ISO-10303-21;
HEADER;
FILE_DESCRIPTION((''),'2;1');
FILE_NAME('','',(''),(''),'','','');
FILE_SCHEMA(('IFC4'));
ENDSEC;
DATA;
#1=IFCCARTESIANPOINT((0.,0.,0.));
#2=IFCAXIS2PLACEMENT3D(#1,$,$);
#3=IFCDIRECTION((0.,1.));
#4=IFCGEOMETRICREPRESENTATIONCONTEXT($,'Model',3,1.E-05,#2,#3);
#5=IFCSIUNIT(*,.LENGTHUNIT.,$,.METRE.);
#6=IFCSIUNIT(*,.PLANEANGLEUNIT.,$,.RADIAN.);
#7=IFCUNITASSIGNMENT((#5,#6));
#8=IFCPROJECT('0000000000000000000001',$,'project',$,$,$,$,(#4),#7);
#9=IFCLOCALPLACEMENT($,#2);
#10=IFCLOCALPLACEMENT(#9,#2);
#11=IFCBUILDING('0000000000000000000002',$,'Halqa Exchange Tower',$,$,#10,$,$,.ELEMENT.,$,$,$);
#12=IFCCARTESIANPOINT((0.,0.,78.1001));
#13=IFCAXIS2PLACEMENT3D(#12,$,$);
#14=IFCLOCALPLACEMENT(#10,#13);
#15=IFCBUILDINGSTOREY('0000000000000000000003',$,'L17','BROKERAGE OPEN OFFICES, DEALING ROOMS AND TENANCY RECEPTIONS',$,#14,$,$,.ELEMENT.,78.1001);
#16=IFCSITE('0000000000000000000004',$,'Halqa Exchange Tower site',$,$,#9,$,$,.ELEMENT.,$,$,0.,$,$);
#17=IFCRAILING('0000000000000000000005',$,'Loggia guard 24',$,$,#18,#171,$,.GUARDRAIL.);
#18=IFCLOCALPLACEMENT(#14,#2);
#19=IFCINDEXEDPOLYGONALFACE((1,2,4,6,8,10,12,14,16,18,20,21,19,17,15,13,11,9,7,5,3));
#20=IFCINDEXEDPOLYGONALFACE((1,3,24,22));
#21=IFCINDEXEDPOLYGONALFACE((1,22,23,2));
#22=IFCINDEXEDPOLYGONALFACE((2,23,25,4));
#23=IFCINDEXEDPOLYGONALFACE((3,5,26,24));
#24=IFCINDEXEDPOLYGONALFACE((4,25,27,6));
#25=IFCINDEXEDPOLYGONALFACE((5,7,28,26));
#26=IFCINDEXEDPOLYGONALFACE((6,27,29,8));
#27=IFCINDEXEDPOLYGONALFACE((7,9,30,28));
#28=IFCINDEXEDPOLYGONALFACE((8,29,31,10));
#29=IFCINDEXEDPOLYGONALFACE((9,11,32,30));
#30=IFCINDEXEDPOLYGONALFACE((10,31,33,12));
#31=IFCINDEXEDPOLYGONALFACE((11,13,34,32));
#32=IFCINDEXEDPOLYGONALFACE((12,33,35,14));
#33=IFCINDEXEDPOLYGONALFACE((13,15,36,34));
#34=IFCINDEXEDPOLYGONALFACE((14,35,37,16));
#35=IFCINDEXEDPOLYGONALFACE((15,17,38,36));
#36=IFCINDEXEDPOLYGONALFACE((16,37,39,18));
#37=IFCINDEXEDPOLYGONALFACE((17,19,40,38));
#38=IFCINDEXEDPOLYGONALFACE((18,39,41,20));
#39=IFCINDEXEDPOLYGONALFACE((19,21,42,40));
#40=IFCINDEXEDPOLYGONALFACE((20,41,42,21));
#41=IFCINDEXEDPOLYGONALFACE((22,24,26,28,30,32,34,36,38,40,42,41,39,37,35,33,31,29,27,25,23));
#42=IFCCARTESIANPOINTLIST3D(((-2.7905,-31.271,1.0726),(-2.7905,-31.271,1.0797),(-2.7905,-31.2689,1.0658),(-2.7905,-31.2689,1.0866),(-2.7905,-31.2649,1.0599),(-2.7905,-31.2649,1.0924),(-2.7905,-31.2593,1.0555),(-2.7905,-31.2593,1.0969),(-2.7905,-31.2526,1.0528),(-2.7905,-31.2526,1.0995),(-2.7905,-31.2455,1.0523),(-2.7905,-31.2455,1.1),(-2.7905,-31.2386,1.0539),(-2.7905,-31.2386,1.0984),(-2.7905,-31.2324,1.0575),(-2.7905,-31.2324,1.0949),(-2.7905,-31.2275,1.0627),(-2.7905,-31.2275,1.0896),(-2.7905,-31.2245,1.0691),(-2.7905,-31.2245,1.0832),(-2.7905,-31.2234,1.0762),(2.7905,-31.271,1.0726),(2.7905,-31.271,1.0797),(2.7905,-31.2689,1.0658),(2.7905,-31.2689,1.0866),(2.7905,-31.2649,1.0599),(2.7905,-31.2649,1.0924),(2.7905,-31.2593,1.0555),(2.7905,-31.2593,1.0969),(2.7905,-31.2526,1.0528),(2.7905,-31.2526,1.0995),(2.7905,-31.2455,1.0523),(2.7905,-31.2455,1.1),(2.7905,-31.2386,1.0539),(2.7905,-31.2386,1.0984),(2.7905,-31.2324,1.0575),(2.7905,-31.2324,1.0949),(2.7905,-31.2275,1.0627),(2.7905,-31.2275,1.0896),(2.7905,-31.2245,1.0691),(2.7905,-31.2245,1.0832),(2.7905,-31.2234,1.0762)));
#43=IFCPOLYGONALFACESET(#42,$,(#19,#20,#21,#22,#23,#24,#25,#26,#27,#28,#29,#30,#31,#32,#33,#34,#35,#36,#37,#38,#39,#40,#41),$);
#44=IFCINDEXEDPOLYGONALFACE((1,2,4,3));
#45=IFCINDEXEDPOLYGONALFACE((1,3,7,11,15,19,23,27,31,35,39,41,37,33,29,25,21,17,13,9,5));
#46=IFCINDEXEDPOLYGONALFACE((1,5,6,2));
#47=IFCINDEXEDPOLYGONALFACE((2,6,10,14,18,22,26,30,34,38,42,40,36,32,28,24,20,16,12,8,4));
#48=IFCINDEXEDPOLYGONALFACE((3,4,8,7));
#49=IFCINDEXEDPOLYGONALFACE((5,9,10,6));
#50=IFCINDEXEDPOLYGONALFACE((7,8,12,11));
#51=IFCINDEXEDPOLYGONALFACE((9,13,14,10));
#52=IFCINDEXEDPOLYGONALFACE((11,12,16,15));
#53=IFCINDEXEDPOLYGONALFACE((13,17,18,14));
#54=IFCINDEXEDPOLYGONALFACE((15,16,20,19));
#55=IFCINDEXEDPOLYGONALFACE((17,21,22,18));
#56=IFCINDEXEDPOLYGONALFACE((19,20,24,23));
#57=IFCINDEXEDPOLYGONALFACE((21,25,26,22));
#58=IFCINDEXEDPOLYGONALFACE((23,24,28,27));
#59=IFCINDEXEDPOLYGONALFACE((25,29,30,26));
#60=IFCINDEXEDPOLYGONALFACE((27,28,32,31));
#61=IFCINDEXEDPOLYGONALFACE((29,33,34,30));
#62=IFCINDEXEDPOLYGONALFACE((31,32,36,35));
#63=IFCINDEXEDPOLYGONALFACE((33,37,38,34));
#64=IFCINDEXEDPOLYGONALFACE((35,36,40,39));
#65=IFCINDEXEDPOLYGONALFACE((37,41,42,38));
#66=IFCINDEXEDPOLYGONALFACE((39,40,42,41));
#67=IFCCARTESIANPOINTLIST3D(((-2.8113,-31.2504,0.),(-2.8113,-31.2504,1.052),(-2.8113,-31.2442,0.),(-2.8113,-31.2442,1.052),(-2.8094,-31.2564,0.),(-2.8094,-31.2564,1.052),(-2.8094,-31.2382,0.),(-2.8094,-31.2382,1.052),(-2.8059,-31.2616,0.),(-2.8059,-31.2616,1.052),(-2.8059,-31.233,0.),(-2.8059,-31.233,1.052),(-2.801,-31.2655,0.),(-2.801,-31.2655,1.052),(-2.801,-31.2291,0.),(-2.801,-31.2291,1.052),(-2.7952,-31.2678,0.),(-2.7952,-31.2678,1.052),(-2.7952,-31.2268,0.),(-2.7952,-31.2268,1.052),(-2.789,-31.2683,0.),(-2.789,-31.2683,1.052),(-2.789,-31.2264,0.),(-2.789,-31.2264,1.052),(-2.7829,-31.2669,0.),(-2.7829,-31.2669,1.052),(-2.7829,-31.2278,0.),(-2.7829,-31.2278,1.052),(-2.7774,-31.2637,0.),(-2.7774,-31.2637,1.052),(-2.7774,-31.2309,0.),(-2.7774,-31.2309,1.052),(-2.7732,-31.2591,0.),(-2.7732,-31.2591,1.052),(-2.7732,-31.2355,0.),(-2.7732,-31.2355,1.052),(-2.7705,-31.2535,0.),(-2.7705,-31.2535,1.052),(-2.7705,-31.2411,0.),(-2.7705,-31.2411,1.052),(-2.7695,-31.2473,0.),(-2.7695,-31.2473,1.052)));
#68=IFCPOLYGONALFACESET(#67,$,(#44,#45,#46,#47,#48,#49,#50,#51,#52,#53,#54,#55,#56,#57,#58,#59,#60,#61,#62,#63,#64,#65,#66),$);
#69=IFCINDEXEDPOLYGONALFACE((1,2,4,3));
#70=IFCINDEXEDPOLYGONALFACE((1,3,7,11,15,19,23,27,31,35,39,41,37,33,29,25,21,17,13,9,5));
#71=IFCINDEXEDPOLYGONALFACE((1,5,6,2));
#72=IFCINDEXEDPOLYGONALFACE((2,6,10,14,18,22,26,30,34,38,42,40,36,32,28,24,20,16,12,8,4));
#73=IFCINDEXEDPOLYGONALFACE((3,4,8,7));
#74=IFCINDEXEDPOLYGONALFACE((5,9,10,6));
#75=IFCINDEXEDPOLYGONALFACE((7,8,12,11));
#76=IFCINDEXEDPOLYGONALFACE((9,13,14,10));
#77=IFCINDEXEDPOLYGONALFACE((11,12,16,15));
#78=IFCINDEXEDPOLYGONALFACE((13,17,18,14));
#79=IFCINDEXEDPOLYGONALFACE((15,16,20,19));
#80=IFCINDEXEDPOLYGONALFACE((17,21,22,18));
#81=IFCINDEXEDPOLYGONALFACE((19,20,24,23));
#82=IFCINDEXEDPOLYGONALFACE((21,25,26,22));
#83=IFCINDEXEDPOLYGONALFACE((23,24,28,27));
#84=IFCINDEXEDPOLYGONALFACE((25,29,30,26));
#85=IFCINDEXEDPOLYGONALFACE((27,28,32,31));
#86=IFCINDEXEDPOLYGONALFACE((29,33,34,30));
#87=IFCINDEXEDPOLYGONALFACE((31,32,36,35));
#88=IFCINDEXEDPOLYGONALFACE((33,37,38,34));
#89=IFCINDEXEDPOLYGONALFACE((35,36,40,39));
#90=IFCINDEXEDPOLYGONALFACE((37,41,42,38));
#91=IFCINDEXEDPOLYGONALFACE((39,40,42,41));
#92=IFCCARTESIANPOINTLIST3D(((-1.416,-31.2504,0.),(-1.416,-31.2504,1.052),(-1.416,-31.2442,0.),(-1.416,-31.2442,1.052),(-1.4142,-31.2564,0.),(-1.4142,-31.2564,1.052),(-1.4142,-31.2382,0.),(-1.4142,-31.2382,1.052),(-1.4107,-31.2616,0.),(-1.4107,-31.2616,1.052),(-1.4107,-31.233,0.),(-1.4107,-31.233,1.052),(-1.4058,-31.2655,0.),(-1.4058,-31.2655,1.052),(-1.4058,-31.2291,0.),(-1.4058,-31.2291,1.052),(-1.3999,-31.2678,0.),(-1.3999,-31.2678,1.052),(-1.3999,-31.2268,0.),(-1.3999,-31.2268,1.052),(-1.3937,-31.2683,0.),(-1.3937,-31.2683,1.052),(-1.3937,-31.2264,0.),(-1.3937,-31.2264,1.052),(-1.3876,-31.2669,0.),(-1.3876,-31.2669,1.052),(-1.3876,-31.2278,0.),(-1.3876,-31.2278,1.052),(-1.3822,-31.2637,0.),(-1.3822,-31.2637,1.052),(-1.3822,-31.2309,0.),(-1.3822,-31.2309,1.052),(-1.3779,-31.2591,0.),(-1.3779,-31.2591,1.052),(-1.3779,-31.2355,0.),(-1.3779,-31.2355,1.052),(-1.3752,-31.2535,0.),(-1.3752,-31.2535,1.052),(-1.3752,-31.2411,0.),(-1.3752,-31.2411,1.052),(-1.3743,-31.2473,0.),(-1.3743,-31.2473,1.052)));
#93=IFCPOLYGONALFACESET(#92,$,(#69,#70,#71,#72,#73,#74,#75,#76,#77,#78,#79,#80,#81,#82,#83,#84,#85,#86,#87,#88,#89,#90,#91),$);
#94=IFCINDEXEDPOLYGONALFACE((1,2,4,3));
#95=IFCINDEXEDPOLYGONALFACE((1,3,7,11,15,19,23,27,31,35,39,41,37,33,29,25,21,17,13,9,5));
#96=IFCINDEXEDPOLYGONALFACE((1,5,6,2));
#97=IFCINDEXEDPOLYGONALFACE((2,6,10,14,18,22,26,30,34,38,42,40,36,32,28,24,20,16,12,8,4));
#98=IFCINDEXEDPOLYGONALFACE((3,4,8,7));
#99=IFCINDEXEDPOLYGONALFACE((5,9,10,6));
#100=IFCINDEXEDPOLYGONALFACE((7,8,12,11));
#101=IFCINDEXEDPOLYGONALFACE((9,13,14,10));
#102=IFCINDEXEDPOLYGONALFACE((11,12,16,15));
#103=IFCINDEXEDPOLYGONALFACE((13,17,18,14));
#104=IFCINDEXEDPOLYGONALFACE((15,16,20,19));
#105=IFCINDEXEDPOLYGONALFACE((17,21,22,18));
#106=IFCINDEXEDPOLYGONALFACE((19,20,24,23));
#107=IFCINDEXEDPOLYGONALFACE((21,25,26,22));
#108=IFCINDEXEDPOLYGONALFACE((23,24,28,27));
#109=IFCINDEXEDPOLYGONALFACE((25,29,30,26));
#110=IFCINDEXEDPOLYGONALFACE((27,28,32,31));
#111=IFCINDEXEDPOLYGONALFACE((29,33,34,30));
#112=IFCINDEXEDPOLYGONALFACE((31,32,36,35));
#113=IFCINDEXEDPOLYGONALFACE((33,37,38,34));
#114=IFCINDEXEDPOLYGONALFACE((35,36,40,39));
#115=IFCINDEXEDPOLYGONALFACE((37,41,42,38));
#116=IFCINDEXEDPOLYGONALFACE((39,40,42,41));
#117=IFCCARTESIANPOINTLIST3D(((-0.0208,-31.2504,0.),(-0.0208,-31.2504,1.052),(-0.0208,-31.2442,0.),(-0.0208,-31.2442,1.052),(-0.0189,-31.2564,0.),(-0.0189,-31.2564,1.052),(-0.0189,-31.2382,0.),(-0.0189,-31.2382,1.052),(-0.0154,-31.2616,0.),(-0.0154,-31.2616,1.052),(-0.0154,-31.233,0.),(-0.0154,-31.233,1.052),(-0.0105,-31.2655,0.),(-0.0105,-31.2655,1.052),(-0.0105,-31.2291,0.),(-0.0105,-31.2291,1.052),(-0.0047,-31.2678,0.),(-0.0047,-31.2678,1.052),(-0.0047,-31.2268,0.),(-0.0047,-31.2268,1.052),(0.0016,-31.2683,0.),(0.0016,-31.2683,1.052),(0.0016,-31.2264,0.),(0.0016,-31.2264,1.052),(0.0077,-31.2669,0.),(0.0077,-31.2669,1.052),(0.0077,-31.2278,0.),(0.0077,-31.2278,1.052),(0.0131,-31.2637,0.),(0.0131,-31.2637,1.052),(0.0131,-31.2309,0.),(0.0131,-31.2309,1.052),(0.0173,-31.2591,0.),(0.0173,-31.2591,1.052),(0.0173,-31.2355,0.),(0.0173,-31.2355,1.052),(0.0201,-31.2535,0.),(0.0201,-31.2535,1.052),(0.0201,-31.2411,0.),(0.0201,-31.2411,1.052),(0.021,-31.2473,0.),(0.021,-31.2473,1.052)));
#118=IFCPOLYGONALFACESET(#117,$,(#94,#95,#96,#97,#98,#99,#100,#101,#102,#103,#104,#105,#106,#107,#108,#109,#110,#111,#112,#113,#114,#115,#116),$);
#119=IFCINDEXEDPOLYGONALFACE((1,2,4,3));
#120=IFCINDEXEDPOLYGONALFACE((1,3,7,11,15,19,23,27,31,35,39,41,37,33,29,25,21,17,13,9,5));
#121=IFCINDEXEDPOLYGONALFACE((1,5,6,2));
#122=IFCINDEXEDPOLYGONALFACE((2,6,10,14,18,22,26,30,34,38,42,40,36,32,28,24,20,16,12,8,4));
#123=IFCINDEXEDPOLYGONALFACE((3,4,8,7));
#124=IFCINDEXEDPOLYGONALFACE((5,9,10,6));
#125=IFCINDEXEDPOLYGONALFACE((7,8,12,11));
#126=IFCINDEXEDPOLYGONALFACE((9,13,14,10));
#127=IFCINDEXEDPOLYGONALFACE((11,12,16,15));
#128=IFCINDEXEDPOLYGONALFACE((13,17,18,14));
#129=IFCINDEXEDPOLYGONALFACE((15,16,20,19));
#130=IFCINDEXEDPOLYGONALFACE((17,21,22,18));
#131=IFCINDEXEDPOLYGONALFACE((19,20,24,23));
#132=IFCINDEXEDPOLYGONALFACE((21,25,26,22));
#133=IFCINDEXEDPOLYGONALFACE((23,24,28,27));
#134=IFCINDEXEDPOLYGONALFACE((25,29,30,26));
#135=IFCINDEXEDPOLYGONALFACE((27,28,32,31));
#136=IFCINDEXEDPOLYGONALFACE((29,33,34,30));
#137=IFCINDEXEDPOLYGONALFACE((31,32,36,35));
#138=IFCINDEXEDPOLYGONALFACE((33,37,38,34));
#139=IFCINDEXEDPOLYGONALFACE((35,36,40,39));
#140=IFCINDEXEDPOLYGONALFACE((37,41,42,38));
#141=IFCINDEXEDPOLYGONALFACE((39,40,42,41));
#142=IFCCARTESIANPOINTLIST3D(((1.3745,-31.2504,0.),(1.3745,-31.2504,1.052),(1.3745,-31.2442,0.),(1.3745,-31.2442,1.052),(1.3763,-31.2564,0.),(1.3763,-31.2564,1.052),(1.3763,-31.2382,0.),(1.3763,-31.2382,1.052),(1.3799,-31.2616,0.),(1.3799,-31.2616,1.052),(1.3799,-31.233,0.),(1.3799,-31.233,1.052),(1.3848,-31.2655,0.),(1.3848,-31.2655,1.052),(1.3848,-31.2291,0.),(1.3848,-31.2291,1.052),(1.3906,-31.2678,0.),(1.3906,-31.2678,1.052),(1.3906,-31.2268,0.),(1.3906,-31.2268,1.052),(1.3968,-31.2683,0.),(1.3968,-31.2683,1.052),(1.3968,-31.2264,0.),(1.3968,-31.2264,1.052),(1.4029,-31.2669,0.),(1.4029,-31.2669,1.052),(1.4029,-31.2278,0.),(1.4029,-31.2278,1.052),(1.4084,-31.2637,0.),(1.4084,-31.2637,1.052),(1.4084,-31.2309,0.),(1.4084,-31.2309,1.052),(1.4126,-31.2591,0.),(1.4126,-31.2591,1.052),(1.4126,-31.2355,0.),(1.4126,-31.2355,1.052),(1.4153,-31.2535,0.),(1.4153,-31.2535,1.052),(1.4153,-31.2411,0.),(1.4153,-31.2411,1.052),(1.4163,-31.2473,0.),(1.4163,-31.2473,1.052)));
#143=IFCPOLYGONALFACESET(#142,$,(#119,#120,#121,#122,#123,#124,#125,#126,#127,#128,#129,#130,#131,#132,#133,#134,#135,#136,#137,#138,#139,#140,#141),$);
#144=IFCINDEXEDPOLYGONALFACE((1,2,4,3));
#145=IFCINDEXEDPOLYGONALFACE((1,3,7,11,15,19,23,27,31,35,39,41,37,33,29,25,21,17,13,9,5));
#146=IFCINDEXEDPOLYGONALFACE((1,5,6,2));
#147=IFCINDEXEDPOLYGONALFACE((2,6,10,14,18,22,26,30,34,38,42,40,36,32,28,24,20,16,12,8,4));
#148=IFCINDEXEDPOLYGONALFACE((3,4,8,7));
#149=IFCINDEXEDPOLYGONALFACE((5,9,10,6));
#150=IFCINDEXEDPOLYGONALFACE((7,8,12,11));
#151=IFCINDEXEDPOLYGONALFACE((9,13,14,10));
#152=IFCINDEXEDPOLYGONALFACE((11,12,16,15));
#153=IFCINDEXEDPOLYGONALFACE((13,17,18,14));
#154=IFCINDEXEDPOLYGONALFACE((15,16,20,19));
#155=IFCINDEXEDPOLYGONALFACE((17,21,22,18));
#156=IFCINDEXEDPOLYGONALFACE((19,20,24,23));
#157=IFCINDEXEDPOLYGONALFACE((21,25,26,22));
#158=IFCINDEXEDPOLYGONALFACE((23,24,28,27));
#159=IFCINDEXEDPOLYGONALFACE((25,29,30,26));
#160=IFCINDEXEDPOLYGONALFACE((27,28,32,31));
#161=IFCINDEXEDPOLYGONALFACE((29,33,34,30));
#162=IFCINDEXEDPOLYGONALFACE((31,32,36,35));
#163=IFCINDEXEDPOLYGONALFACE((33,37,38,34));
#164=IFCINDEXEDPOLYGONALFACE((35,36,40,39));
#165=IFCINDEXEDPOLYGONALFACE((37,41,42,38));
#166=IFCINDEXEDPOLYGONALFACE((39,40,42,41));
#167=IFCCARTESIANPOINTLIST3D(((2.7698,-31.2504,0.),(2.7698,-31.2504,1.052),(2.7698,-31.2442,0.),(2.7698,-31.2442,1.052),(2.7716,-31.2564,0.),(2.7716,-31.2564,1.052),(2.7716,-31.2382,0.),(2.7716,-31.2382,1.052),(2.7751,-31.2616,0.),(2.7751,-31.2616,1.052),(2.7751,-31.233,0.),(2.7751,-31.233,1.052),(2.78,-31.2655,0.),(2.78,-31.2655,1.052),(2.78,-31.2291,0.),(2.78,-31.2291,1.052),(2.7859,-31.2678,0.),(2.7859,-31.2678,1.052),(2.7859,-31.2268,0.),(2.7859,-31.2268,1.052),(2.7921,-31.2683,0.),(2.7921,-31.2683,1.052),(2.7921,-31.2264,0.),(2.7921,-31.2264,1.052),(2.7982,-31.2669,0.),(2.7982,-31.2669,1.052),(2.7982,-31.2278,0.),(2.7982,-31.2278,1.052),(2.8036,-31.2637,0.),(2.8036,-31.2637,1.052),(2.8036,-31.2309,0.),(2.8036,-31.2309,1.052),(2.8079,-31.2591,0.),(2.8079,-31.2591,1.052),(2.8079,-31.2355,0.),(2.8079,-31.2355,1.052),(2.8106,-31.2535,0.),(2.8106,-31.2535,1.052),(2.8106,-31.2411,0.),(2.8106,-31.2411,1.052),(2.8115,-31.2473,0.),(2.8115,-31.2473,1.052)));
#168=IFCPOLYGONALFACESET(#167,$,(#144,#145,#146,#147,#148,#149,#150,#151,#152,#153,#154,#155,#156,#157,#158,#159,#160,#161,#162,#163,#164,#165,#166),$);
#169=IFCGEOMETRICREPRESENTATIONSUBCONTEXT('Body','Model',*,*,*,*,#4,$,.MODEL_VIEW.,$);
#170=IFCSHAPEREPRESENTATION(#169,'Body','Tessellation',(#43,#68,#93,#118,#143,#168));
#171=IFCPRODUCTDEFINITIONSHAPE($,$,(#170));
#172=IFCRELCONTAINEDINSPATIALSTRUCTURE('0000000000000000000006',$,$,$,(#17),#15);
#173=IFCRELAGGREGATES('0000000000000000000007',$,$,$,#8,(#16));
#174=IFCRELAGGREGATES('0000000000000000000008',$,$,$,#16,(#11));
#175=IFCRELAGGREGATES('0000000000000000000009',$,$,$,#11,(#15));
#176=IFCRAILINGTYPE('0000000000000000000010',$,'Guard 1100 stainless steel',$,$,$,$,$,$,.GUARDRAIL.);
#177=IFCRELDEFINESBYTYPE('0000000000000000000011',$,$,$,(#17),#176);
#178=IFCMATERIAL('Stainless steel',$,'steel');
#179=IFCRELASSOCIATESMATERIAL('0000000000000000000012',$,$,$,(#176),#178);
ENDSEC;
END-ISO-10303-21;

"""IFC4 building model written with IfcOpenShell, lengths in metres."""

from ifc_helpers import new_model, si_unit, direction, frame, origin, origin_2d, place, context, subcontext, project, spatial, circle, extrude, material, type_object, element, save


model = new_model("IFC4")

# Units and contexts
model_context = context("Model", 3, precision=1e-05, world=origin(), true_north=direction((0.0, 1.0)))
body_context = subcontext(model_context, "Body", "Model", "MODEL_VIEW")
ifc_project = project(units=[si_unit("LENGTHUNIT", "METRE"), si_unit("PLANEANGLEUNIT", "RADIAN")], contexts=[model_context])

# Site, building, storey
site_placement = place(None, origin())
site = spatial("IfcSite", under=ifc_project, at=site_placement, Name="Halqa Exchange Tower site", CompositionType="ELEMENT", RefElevation=0.0)
building_placement = place(site_placement, origin())
building = spatial("IfcBuilding", under=site, at=building_placement, Name="Halqa Exchange Tower", CompositionType="ELEMENT")
storey_placement = place(building_placement, frame((0.0, 0.0, 78.1001)))
storey = spatial("IfcBuildingStorey", under=building, at=storey_placement, Name="L17", Description="BROKERAGE OPEN OFFICES, DEALING ROOMS AND TENANCY RECEPTIONS", CompositionType="ELEMENT", Elevation=78.1001)

# Railing
ifc_material_1 = material(Name="Stainless steel", Category="steel")
railing_type = type_object("IfcRailingType", Name="Guard 1100 stainless steel", PredefinedType="GUARDRAIL", material=ifc_material_1)
railing_1_placement = place(storey_placement, frame((-2.7905, -31.2473, 0.0)))
element("IfcRailing", 1, at=railing_1_placement, inside=storey, type_object=railing_type, Name="Loggia guard 24", PredefinedType="GUARDRAIL", context=body_context, shape_type="SweptSolid", body=[
    extrude(circle(Radius=0.0239, at=origin_2d()), frame((0.0, 0.0, 1.0762), z_axis=(1.0, 0.0, 0.0), x_axis=(0.0, 1.0, 0.0)), (0.0, 0.0, 1.0), 5.5811),
    extrude(circle(Radius=0.021, at=origin_2d()), origin(), (0.0, 0.0, 1.0), 1.052),
    extrude(circle(Radius=0.021, at=origin_2d()), frame((1.3953, 0.0, 0.0)), (0.0, 0.0, 1.0), 1.052),
    extrude(circle(Radius=0.021, at=origin_2d()), frame((2.7905, 0.0, 0.0)), (0.0, 0.0, 1.0), 1.052),
    extrude(circle(Radius=0.021, at=origin_2d()), frame((4.1858, 0.0, 0.0)), (0.0, 0.0, 1.0), 1.052),
    extrude(circle(Radius=0.021, at=origin_2d()), frame((5.5811, 0.0, 0.0)), (0.0, 0.0, 1.0), 1.052),
])

save(model, "model.ifc")
